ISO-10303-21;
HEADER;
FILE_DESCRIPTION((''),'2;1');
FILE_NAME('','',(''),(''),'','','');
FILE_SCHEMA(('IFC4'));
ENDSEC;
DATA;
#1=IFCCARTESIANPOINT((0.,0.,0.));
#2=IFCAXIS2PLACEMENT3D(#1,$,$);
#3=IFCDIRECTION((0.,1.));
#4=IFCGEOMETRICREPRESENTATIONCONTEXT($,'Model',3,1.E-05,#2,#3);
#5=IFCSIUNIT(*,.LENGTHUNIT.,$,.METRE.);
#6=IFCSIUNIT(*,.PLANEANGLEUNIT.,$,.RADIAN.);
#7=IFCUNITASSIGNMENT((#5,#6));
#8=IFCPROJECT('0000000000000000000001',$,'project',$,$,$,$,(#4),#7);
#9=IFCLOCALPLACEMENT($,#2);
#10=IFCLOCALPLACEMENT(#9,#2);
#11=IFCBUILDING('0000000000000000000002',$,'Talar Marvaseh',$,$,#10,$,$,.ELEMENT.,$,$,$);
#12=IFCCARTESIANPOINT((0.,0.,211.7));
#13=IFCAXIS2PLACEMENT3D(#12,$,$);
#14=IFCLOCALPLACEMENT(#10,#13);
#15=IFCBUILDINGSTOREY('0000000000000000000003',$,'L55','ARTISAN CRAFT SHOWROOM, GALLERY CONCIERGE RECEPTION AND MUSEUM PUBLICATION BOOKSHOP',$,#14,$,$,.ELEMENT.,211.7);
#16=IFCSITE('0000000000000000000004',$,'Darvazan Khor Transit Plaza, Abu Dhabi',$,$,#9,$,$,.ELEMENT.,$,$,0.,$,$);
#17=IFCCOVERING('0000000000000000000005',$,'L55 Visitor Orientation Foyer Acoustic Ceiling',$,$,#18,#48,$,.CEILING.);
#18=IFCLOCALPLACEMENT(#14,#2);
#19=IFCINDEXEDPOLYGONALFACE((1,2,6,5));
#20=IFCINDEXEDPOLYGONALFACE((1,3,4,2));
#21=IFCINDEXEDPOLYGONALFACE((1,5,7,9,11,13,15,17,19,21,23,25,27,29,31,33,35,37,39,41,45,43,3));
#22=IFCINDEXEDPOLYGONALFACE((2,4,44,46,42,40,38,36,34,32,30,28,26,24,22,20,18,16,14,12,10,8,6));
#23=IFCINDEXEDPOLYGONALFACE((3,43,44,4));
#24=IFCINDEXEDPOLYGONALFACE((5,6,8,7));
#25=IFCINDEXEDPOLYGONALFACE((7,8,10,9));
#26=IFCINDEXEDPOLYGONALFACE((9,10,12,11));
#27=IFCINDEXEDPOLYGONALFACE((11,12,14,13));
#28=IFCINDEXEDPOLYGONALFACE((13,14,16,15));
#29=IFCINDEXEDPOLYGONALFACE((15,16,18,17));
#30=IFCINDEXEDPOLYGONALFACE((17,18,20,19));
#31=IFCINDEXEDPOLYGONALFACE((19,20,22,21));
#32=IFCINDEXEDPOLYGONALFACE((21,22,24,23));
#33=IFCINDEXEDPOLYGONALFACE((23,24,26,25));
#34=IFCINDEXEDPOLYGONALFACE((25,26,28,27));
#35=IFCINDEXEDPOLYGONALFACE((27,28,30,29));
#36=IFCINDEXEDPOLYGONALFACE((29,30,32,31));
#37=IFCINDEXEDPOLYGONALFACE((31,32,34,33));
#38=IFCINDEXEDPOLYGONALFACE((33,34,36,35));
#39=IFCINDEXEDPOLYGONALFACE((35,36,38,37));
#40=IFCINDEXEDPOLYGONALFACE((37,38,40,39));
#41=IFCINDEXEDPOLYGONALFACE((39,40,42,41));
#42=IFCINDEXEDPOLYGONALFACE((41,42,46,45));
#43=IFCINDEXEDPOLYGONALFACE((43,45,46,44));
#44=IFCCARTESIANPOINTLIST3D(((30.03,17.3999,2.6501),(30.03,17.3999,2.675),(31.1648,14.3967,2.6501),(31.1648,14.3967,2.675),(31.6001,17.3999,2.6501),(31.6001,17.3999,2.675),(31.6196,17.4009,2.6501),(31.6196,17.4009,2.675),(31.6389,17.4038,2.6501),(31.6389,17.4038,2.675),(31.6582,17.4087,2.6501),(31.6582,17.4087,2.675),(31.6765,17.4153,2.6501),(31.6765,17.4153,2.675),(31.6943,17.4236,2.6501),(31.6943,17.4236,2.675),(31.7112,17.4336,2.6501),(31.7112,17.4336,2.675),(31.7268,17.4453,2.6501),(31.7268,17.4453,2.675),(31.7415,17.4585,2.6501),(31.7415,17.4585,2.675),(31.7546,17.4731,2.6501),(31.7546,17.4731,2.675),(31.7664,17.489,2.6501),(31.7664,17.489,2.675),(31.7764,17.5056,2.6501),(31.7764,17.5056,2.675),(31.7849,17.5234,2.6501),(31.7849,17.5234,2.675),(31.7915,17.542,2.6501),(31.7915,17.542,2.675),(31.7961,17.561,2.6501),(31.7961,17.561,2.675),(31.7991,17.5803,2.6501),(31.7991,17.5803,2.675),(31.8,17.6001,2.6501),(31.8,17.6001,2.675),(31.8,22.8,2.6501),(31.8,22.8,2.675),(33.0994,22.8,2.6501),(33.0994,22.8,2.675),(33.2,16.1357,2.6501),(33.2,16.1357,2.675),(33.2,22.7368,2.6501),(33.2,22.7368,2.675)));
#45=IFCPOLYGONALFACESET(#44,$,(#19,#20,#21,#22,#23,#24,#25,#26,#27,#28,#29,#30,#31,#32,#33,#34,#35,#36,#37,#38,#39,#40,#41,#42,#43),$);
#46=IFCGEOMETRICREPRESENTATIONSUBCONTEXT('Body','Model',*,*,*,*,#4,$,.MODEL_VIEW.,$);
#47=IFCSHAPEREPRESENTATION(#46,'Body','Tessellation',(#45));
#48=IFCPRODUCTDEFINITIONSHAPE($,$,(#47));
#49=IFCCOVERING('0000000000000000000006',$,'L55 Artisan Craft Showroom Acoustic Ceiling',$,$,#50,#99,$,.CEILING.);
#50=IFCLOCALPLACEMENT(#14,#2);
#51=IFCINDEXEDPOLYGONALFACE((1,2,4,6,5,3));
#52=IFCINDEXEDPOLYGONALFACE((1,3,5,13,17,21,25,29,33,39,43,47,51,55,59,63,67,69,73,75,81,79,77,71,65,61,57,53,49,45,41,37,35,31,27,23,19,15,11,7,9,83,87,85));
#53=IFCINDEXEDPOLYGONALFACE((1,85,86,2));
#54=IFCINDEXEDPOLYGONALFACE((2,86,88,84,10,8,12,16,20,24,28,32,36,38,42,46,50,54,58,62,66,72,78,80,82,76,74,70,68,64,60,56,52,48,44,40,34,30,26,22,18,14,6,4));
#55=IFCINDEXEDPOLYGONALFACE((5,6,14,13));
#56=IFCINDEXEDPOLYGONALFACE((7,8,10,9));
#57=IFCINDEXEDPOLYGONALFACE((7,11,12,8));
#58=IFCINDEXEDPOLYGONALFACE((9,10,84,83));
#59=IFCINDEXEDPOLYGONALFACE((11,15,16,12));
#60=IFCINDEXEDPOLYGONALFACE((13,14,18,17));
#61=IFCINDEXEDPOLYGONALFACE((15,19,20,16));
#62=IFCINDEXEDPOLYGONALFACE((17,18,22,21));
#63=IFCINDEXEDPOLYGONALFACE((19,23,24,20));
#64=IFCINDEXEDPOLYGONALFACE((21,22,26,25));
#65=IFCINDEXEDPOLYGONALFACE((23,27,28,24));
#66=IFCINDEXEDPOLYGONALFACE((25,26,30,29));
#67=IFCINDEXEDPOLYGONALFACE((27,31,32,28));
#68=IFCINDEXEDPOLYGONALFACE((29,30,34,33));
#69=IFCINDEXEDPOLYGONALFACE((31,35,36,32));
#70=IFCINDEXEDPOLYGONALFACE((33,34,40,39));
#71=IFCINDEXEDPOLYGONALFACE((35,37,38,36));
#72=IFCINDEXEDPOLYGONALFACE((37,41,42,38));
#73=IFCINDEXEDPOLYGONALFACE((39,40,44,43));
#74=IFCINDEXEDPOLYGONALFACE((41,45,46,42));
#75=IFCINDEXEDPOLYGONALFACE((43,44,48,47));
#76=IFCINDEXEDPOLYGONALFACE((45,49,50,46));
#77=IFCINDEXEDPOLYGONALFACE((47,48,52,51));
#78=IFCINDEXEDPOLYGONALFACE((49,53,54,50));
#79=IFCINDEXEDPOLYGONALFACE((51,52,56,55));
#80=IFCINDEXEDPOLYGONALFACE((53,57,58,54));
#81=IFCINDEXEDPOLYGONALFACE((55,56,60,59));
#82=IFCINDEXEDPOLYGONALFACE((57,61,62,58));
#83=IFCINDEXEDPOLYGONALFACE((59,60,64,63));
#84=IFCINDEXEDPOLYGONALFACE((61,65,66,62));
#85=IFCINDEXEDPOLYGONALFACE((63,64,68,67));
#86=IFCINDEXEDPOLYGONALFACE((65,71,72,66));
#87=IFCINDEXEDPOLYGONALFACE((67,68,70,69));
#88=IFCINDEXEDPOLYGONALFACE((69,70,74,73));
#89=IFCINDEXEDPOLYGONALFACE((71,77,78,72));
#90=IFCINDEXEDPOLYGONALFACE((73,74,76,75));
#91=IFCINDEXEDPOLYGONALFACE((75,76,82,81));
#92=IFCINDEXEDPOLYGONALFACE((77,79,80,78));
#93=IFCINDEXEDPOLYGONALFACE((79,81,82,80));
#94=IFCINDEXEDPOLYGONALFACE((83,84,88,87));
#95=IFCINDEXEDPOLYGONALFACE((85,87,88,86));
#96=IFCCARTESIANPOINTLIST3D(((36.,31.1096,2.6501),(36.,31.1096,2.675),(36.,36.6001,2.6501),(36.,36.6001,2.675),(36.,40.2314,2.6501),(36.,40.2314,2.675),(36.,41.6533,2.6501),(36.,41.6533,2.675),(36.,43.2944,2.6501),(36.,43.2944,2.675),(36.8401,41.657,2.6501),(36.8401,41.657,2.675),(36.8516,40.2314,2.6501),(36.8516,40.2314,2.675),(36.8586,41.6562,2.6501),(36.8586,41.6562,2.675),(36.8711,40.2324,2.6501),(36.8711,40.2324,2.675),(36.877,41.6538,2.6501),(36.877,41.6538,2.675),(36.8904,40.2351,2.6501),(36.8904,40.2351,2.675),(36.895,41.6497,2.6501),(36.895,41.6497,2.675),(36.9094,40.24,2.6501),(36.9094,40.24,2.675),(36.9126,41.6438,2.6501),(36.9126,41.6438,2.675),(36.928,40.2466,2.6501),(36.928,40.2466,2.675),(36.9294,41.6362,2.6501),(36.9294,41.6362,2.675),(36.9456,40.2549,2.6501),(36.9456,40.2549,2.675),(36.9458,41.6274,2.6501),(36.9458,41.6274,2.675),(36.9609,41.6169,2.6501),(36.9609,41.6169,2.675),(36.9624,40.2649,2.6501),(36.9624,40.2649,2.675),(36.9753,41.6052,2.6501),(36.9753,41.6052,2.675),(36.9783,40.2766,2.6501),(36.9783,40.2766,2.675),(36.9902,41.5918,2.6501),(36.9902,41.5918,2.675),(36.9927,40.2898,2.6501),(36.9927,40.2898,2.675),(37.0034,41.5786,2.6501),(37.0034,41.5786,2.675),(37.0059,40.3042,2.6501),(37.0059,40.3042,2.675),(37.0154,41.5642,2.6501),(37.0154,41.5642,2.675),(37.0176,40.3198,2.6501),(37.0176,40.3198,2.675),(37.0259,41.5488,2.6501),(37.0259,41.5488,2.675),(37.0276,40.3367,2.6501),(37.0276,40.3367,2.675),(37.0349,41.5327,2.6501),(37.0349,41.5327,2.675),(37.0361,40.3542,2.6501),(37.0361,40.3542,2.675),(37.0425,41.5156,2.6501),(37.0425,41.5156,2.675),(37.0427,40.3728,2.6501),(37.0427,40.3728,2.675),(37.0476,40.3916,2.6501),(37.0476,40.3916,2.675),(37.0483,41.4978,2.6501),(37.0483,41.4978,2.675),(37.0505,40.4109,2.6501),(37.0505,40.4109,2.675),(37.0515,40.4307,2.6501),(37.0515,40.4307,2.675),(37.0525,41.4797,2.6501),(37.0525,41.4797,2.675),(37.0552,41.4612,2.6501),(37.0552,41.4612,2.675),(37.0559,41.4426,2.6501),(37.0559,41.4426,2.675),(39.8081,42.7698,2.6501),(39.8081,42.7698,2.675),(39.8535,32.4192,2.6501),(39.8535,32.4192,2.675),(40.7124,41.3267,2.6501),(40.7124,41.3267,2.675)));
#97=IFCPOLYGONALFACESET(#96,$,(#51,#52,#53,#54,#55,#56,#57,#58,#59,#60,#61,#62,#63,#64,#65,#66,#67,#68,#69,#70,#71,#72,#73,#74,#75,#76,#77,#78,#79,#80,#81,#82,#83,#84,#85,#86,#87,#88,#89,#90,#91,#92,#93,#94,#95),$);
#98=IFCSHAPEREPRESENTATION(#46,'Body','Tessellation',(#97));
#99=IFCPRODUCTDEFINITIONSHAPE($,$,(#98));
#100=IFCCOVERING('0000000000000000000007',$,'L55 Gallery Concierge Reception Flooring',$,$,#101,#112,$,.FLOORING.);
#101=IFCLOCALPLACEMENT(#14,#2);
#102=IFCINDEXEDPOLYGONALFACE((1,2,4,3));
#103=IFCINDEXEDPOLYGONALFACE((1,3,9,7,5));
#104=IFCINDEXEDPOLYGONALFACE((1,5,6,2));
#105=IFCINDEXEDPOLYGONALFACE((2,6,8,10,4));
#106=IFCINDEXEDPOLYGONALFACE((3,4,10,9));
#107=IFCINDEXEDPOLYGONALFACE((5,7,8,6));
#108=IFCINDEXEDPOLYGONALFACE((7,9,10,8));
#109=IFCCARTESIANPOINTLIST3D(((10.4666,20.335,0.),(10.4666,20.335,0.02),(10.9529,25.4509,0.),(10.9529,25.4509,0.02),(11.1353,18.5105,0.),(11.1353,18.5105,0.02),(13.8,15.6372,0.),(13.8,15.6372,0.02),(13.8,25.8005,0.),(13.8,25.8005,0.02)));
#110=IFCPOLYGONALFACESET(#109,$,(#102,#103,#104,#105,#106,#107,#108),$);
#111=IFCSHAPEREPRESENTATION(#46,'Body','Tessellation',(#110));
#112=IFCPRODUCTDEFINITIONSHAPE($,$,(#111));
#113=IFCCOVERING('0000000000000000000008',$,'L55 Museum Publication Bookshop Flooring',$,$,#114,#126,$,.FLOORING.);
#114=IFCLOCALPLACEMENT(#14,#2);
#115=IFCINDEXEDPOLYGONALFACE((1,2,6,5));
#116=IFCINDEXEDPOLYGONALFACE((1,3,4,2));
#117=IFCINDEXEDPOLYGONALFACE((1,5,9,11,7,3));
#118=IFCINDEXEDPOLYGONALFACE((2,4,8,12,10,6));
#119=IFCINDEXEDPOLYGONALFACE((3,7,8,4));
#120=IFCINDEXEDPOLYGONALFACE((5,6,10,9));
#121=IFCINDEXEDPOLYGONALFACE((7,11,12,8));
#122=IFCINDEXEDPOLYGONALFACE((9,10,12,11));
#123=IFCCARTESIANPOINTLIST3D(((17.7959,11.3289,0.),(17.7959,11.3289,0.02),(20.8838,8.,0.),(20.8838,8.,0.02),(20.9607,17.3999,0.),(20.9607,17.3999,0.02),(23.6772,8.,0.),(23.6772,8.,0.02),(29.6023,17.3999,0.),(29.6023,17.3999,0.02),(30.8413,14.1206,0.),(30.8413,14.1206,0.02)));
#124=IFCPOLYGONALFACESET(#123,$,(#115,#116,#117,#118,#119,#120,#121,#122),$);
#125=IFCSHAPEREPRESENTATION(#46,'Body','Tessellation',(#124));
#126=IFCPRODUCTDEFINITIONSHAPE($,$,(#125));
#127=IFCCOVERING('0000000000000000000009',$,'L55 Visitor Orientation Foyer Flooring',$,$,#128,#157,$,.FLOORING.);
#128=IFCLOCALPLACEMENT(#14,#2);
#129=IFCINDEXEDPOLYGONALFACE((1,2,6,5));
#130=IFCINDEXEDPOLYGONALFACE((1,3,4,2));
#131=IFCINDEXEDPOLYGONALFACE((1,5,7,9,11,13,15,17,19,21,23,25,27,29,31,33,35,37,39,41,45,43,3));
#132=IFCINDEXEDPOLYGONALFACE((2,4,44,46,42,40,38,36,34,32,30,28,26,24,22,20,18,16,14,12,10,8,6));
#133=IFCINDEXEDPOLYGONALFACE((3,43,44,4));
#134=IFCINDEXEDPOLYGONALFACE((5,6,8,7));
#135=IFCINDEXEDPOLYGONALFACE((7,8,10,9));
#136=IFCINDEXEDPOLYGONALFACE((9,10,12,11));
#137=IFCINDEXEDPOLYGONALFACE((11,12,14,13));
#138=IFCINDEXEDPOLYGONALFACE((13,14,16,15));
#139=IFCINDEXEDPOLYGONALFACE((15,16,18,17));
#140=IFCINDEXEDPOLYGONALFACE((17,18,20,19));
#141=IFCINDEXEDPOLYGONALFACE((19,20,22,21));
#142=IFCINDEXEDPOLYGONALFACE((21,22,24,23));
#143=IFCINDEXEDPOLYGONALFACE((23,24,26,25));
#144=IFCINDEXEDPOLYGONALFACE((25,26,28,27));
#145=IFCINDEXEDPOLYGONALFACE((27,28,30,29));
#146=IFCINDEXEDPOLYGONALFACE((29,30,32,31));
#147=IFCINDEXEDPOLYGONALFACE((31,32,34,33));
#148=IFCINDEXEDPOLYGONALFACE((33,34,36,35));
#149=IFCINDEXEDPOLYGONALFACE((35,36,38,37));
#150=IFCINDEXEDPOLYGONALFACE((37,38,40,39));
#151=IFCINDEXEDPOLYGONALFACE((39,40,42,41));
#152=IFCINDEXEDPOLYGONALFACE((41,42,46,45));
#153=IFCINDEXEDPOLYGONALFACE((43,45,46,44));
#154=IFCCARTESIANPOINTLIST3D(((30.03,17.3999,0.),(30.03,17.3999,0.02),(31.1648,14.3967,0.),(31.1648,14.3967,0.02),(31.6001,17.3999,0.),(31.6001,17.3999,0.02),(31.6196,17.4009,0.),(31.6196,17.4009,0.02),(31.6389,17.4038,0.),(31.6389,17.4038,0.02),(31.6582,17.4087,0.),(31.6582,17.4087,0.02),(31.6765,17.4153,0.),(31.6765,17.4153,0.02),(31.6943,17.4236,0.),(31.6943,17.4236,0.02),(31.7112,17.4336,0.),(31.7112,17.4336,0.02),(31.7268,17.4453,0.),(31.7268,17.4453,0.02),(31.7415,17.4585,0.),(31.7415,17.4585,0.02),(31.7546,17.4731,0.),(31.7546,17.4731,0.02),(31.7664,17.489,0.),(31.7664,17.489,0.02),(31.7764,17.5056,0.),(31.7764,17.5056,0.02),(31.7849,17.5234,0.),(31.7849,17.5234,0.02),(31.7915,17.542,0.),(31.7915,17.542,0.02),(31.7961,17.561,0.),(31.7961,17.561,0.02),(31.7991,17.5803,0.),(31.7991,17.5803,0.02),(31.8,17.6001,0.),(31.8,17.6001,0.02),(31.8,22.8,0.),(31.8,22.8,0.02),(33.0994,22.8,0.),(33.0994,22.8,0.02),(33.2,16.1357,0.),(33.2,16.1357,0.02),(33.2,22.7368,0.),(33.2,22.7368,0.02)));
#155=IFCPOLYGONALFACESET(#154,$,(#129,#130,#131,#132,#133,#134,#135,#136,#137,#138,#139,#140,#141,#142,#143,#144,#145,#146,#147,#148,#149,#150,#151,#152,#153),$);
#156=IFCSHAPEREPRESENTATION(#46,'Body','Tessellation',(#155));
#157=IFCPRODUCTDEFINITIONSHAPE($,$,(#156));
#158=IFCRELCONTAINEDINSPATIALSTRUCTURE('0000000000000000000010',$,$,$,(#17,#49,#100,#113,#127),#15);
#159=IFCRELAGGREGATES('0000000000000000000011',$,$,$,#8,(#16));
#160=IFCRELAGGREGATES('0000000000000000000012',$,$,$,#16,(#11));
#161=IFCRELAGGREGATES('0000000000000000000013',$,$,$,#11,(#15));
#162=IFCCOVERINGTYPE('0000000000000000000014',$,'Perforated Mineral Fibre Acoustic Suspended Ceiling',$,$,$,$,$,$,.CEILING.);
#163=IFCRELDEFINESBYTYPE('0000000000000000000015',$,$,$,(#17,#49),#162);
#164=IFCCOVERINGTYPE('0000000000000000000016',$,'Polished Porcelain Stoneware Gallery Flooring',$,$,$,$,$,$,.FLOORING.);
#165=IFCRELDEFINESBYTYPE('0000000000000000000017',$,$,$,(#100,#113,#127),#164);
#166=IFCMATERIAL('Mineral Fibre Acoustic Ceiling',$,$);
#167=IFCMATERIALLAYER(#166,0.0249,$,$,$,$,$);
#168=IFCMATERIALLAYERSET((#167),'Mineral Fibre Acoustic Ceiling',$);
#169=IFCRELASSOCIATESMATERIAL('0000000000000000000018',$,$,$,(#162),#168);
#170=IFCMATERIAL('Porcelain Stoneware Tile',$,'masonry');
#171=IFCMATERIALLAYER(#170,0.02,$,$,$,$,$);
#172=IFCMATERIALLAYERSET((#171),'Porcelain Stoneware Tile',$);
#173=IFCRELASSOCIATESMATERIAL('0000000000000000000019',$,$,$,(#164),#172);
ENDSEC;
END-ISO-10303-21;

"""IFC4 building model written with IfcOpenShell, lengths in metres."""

from ifc_helpers import new_model, si_unit, direction, frame, origin, place, context, subcontext, project, spatial, polyline, outline, extrude, material, layer, layer_set, type_object, element, save


model = new_model("IFC4")

# Units and contexts
model_context = context("Model", 3, precision=1e-05, world=origin(), true_north=direction((0.0, 1.0)))
body_context = subcontext(model_context, "Body", "Model", "MODEL_VIEW")
ifc_project = project(units=[si_unit("LENGTHUNIT", "METRE"), si_unit("PLANEANGLEUNIT", "RADIAN")], contexts=[model_context])

# Site, building, storey
site_placement = place(None, origin())
site = spatial("IfcSite", under=ifc_project, at=site_placement, Name="Darvazan Khor Transit Plaza, Abu Dhabi", CompositionType="ELEMENT", RefElevation=0.0)
building_placement = place(site_placement, origin())
building = spatial("IfcBuilding", under=site, at=building_placement, Name="Talar Marvaseh", CompositionType="ELEMENT")
storey_placement = place(building_placement, frame((0.0, 0.0, 211.7)))
storey = spatial("IfcBuildingStorey", under=building, at=storey_placement, Name="L55", Description="ARTISAN CRAFT SHOWROOM, GALLERY CONCIERGE RECEPTION AND MUSEUM PUBLICATION BOOKSHOP", CompositionType="ELEMENT", Elevation=211.7)

# Coverings
ifc_material_1 = material(Name="Mineral Fibre Acoustic Ceiling")
ifc_layer_1 = layer(ifc_material_1, 0.0249)
ifc_layer_set_1 = layer_set([ifc_layer_1], Name="Mineral Fibre Acoustic Ceiling")
covering_type_1 = type_object("IfcCoveringType", Name="Perforated Mineral Fibre Acoustic Suspended Ceiling", PredefinedType="CEILING", material=ifc_layer_set_1)
covering_1_placement = place(storey_placement, frame((0.0, 0.0, 2.6501)))
element("IfcCovering", 1, at=covering_1_placement, inside=storey, type_object=covering_type_1, Name="L55 Visitor Orientation Foyer Acoustic Ceiling", PredefinedType="CEILING", context=body_context, shape_type="SweptSolid", body=[
    extrude(outline(polyline([(31.6001, 17.3999), (31.6196, 17.4009), (31.6389, 17.4038), (31.6582, 17.4087), (31.6765, 17.4153), (31.6943, 17.4236), (31.7112, 17.4336), (31.7268, 17.4453), (31.7415, 17.4585), (31.7546, 17.4731), (31.7664, 17.489), (31.7764, 17.5056), (31.7849, 17.5234), (31.7915, 17.542), (31.7961, 17.561), (31.7991, 17.5803), (31.8, 17.6001), (31.8, 22.8), (33.0994, 22.8), (33.2, 22.7368), (33.2, 16.1357), (31.1648, 14.3967), (30.03, 17.3999), (31.6001, 17.3999)])), origin(), (0.0, 0.0, 1.0), 0.0249),
])
covering_2_placement = place(storey_placement, frame((0.0, 0.0, 2.6501)))
element("IfcCovering", 2, at=covering_2_placement, inside=storey, type_object=covering_type_1, Name="L55 Artisan Craft Showroom Acoustic Ceiling", PredefinedType="CEILING", context=body_context, shape_type="SweptSolid", body=[
    extrude(outline(polyline([(40.7124, 41.3267), (39.8535, 32.4192), (36.0, 31.1096), (36.0, 36.6001), (36.0, 40.2314), (36.8516, 40.2314), (36.8711, 40.2324), (36.8904, 40.2351), (36.9094, 40.24), (36.928, 40.2466), (36.9456, 40.2549), (36.9624, 40.2649), (36.9783, 40.2766), (36.9927, 40.2898), (37.0059, 40.3042), (37.0176, 40.3198), (37.0276, 40.3367), (37.0361, 40.3542), (37.0427, 40.3728), (37.0476, 40.3916), (37.0505, 40.4109), (37.0515, 40.4307), (37.0559, 41.4426), (37.0552, 41.4612), (37.0525, 41.4797), (37.0483, 41.4978), (37.0425, 41.5156), (37.0349, 41.5327), (37.0259, 41.5488), (37.0154, 41.5642), (37.0034, 41.5786), (36.9902, 41.5918), (36.9753, 41.6052), (36.9609, 41.6169), (36.9458, 41.6274), (36.9294, 41.6362), (36.9126, 41.6438), (36.895, 41.6497), (36.877, 41.6538), (36.8586, 41.6562), (36.8401, 41.657), (36.0, 41.6533), (36.0, 43.2944), (39.8081, 42.7698), (40.7124, 41.3267)])), origin(), (0.0, 0.0, 1.0), 0.0249),
])
ifc_material_2 = material(Name="Porcelain Stoneware Tile", Category="masonry")
ifc_layer_2 = layer(ifc_material_2, 0.02)
ifc_layer_set_2 = layer_set([ifc_layer_2], Name="Porcelain Stoneware Tile")
covering_type_2 = type_object("IfcCoveringType", Name="Polished Porcelain Stoneware Gallery Flooring", PredefinedType="FLOORING", material=ifc_layer_set_2)
covering_3_placement = place(storey_placement, origin())
element("IfcCovering", 3, at=covering_3_placement, inside=storey, type_object=covering_type_2, Name="L55 Gallery Concierge Reception Flooring", PredefinedType="FLOORING", context=body_context, shape_type="SweptSolid", body=[
    extrude(outline(polyline([(13.8, 25.8005), (13.8, 15.6372), (11.1353, 18.5105), (10.4666, 20.335), (10.9529, 25.4509), (13.8, 25.8005)])), origin(), (0.0, 0.0, 1.0), 0.02),
])
covering_4_placement = place(storey_placement, origin())
element("IfcCovering", 4, at=covering_4_placement, inside=storey, type_object=covering_type_2, Name="L55 Museum Publication Bookshop Flooring", PredefinedType="FLOORING", context=body_context, shape_type="SweptSolid", body=[
    extrude(outline(polyline([(20.9607, 17.3999), (29.6023, 17.3999), (30.8413, 14.1206), (23.6772, 8.0), (20.8838, 8.0), (17.7959, 11.3289), (20.9607, 17.3999)])), origin(), (0.0, 0.0, 1.0), 0.02),
])
covering_5_placement = place(storey_placement, origin())
element("IfcCovering", 5, at=covering_5_placement, inside=storey, type_object=covering_type_2, Name="L55 Visitor Orientation Foyer Flooring", PredefinedType="FLOORING", context=body_context, shape_type="SweptSolid", body=[
    extrude(outline(polyline([(31.6001, 17.3999), (31.6196, 17.4009), (31.6389, 17.4038), (31.6582, 17.4087), (31.6765, 17.4153), (31.6943, 17.4236), (31.7112, 17.4336), (31.7268, 17.4453), (31.7415, 17.4585), (31.7546, 17.4731), (31.7664, 17.489), (31.7764, 17.5056), (31.7849, 17.5234), (31.7915, 17.542), (31.7961, 17.561), (31.7991, 17.5803), (31.8, 17.6001), (31.8, 22.8), (33.0994, 22.8), (33.2, 22.7368), (33.2, 16.1357), (31.1648, 14.3967), (30.03, 17.3999), (31.6001, 17.3999)])), origin(), (0.0, 0.0, 1.0), 0.02),
])

save(model, "model.ifc")
